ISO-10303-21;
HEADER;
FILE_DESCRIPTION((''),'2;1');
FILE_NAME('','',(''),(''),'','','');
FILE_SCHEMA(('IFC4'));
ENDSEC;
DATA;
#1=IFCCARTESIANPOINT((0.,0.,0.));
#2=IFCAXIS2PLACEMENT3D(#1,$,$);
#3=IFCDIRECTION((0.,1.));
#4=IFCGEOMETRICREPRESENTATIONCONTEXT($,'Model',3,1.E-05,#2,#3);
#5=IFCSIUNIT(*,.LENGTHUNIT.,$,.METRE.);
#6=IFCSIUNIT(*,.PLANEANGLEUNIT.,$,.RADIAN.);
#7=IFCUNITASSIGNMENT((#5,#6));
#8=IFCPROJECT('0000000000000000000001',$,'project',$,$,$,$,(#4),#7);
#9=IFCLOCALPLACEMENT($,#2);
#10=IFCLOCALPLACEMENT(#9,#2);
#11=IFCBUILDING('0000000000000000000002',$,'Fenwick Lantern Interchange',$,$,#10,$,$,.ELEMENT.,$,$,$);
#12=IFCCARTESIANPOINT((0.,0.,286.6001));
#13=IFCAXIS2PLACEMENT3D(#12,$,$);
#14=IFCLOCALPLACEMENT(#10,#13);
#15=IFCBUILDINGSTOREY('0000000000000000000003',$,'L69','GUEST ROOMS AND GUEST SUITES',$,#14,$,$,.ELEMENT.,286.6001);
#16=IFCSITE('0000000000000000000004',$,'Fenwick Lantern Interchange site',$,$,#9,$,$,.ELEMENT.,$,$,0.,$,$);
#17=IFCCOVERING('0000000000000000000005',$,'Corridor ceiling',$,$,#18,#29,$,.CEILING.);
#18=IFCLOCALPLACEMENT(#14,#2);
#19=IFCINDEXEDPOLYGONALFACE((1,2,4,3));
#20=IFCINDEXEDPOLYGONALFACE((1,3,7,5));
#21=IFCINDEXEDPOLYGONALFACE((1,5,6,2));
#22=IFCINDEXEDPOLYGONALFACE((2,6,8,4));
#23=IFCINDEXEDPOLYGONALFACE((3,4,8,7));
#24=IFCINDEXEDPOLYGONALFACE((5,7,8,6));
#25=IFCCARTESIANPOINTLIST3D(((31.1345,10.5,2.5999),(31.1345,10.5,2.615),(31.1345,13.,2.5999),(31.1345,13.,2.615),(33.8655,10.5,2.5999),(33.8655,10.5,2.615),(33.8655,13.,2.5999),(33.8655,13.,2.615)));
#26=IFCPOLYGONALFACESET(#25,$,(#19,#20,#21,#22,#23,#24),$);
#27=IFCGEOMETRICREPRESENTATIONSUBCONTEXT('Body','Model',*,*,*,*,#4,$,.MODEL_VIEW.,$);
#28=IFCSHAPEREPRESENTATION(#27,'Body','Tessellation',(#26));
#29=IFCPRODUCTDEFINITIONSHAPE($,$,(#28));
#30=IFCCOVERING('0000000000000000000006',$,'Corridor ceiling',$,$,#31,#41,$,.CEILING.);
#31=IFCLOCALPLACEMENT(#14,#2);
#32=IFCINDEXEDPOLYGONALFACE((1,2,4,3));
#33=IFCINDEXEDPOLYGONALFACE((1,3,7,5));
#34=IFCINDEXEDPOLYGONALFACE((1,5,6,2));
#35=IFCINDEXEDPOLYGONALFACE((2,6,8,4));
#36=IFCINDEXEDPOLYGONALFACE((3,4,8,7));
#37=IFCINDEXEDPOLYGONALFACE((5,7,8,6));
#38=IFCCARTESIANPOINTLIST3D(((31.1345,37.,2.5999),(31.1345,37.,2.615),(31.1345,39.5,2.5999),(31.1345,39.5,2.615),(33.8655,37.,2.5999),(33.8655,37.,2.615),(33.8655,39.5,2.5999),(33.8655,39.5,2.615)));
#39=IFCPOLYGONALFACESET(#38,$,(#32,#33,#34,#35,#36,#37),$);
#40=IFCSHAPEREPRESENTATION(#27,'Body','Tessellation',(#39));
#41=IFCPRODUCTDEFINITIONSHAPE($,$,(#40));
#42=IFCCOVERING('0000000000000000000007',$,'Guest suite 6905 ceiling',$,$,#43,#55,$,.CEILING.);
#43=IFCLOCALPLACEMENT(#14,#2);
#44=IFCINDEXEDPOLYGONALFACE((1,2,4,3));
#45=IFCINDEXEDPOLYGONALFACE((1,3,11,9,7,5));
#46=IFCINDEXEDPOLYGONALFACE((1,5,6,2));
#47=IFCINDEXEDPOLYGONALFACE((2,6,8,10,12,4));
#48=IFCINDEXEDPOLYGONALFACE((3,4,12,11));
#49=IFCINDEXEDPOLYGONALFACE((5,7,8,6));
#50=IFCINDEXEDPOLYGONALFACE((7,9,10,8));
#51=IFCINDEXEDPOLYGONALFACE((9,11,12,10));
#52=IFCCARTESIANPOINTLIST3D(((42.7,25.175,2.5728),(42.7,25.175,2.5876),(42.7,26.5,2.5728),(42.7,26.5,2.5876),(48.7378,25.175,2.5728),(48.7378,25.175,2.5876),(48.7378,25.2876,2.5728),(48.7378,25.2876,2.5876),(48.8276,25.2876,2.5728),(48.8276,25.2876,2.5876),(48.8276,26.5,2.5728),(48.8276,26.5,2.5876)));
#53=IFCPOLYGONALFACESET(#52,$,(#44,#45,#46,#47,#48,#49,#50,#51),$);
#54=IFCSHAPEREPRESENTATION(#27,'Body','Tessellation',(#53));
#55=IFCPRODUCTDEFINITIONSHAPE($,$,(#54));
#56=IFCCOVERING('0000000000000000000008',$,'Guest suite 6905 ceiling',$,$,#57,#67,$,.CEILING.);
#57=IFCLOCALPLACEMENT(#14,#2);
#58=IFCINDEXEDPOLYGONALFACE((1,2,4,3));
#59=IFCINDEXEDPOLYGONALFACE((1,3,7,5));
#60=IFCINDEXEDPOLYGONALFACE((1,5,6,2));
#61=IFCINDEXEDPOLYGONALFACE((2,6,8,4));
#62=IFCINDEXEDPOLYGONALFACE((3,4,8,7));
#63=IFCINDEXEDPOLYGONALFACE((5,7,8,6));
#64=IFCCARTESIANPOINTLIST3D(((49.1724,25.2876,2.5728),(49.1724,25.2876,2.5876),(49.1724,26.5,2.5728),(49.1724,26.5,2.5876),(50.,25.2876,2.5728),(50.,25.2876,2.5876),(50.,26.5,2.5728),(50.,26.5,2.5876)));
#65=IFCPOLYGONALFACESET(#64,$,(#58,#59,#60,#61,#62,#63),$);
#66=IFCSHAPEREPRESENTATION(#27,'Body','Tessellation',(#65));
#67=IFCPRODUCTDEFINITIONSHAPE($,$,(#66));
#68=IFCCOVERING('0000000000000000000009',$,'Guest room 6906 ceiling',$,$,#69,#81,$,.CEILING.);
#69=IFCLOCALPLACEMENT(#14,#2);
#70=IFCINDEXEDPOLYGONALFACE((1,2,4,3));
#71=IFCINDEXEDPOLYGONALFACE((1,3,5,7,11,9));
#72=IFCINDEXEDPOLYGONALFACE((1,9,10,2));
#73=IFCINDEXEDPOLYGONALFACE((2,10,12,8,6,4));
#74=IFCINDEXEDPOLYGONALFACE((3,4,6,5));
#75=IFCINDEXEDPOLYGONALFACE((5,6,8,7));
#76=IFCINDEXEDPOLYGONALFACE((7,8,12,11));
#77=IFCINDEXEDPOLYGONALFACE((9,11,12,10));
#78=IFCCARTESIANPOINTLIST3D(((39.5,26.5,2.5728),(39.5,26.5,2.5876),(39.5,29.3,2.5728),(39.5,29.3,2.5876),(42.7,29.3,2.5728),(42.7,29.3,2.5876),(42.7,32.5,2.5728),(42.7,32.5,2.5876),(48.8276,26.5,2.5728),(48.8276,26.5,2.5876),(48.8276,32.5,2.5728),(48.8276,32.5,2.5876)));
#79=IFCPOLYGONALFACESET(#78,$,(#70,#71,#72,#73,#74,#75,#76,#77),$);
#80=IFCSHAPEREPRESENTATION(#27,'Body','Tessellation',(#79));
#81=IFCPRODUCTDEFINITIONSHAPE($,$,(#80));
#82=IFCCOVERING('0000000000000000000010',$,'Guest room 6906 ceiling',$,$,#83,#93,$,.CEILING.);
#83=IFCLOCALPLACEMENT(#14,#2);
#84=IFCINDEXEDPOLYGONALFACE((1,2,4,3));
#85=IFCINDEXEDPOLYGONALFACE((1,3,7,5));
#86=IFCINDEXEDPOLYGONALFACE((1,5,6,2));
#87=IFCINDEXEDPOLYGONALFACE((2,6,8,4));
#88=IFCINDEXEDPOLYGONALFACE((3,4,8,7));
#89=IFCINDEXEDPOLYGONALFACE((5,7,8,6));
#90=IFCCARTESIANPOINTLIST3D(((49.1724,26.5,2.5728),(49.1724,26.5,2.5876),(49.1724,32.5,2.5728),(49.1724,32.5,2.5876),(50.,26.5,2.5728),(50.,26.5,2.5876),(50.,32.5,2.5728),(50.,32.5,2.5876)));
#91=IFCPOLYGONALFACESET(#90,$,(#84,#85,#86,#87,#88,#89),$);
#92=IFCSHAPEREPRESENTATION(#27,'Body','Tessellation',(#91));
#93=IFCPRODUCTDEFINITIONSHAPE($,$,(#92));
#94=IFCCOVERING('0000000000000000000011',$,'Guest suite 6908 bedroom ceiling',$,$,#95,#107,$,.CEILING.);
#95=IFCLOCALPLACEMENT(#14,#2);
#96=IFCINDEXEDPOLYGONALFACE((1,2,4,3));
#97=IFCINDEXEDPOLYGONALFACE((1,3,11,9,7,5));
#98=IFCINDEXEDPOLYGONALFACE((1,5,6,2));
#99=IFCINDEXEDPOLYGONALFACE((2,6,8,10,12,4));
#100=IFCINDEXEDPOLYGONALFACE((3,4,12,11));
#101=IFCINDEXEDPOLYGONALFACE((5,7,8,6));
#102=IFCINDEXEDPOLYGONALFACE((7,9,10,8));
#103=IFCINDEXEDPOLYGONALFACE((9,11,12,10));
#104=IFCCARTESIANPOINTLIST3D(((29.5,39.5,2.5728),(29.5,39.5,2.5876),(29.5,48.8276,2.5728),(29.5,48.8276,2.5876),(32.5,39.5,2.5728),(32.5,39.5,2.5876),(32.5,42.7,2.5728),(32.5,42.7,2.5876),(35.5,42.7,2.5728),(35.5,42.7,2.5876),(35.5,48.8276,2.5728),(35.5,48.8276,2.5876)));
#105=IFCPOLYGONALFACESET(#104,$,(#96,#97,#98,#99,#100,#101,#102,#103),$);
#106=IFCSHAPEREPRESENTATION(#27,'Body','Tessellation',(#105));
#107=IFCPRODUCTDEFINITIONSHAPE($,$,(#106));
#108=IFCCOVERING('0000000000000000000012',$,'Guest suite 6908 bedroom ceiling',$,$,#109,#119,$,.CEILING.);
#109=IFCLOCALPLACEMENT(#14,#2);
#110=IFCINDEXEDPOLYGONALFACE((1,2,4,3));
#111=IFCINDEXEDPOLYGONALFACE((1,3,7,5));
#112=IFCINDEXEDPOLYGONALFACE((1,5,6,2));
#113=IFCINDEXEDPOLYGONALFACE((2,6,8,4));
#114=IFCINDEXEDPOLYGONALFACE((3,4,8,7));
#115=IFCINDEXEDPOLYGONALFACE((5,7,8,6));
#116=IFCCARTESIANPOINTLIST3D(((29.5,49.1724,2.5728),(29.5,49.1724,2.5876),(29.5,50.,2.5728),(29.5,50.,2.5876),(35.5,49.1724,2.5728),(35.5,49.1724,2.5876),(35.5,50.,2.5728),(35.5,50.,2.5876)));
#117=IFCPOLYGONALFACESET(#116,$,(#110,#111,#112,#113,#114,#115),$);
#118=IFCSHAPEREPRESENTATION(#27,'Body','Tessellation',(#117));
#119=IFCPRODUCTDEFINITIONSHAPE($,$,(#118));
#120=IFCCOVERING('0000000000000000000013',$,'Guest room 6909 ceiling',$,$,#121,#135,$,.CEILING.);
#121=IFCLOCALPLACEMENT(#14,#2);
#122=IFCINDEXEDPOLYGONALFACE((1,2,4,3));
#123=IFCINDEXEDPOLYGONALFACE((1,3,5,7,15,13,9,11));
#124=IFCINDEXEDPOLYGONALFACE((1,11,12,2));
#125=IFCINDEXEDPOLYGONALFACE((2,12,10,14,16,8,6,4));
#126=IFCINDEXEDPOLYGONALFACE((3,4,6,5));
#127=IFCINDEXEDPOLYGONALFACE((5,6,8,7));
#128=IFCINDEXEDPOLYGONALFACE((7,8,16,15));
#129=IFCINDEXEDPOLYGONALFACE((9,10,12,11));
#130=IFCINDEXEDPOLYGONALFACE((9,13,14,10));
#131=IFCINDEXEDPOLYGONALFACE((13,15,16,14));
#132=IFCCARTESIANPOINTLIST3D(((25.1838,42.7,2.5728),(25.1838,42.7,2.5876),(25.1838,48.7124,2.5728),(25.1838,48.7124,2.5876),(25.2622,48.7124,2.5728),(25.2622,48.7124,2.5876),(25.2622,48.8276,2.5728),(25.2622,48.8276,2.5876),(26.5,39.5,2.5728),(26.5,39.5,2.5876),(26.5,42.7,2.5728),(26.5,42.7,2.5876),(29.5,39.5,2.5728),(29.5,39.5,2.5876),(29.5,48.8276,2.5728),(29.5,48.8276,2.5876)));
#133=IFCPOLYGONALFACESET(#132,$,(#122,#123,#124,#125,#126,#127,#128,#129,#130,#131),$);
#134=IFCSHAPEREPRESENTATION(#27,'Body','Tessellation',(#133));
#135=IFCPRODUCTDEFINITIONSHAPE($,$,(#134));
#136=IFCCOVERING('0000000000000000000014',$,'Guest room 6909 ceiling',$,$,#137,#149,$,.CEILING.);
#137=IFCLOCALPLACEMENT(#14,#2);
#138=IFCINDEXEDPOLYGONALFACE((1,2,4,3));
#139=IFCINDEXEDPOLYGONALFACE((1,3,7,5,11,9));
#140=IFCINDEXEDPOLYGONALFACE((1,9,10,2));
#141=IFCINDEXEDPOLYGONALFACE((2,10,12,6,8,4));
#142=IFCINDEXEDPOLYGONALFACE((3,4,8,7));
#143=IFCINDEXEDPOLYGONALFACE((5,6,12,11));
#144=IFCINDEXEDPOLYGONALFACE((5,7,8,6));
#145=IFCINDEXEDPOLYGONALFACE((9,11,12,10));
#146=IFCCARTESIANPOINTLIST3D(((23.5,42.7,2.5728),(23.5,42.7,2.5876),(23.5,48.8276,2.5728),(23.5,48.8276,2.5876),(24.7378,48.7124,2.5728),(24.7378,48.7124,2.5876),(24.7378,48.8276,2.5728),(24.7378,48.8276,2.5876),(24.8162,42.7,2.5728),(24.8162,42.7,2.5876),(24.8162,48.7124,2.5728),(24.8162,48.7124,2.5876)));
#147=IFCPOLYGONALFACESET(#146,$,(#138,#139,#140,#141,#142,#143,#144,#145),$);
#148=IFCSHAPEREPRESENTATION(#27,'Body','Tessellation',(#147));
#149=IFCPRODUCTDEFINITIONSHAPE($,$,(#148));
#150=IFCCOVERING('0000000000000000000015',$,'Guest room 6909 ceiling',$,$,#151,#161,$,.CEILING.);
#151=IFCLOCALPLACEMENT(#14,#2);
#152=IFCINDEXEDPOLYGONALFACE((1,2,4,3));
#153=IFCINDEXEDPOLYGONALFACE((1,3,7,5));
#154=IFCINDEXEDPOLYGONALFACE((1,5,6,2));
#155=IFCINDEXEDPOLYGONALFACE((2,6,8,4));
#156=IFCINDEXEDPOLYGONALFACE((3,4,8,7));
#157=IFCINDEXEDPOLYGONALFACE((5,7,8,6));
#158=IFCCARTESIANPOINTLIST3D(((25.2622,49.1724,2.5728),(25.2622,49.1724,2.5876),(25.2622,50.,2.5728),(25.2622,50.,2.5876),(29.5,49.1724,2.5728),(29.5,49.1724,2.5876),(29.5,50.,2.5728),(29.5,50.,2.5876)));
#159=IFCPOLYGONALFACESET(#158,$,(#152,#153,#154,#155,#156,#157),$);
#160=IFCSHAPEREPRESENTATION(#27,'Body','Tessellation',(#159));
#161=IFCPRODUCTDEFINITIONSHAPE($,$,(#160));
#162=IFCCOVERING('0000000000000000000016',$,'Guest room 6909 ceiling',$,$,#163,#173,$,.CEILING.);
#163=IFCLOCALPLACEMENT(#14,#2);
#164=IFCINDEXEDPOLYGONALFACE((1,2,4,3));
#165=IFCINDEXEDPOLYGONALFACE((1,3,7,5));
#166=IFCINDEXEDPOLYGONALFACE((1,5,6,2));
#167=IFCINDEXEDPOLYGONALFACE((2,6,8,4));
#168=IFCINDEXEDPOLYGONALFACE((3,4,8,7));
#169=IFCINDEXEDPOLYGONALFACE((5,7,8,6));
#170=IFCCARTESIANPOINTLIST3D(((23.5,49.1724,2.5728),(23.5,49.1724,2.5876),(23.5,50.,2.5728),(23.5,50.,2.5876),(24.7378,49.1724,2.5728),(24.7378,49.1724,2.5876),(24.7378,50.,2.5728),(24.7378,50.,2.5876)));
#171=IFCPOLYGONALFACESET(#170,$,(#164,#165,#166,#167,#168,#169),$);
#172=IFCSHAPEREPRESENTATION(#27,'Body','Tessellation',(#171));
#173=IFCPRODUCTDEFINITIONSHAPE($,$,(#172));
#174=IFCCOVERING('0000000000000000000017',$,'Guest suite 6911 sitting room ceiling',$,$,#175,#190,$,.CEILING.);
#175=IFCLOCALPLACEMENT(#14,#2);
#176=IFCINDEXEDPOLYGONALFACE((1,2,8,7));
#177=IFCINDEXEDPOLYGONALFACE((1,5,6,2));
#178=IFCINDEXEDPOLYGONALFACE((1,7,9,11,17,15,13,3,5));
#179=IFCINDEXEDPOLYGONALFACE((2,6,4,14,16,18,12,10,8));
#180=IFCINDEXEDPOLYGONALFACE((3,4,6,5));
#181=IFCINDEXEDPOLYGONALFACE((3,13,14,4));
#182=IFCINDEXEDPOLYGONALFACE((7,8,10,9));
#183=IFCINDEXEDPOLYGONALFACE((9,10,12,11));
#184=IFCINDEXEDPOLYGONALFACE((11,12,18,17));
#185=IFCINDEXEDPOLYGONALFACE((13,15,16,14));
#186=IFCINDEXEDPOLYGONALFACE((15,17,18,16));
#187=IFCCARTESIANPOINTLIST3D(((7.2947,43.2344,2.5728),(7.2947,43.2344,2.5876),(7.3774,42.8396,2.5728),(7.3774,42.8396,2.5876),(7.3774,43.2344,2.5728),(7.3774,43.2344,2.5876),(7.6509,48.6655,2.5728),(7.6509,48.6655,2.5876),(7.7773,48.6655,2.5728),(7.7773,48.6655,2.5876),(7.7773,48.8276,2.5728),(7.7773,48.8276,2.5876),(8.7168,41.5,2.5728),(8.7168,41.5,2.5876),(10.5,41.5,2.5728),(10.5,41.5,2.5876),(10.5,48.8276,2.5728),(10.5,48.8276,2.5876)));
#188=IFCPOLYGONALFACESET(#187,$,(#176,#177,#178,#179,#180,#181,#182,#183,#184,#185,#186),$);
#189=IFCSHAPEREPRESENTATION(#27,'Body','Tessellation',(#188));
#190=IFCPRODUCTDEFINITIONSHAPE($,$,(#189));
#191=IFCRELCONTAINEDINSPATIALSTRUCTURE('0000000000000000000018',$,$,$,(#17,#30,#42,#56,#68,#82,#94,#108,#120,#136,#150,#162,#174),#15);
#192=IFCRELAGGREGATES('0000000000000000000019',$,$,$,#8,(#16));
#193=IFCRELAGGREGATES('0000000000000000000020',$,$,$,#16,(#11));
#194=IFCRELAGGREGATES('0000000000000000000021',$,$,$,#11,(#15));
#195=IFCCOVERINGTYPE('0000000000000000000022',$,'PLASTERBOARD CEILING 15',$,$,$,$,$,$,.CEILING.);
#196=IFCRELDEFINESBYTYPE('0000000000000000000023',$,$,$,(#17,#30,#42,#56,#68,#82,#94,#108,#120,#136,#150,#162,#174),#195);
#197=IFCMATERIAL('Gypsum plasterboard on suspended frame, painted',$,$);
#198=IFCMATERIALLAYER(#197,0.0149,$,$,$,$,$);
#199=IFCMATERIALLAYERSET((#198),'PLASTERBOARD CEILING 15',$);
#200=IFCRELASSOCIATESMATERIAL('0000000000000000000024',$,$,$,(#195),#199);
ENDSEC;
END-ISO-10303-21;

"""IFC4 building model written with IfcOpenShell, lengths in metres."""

from ifc_helpers import new_model, si_unit, direction, frame, origin, place, context, subcontext, project, spatial, polyline, outline, extrude, material, layer, layer_set, type_object, element, save


model = new_model("IFC4")

# Units and contexts
model_context = context("Model", 3, precision=1e-05, world=origin(), true_north=direction((0.0, 1.0)))
body_context = subcontext(model_context, "Body", "Model", "MODEL_VIEW")
ifc_project = project(units=[si_unit("LENGTHUNIT", "METRE"), si_unit("PLANEANGLEUNIT", "RADIAN")], contexts=[model_context])

# Site, building, storey
site_placement = place(None, origin())
site = spatial("IfcSite", under=ifc_project, at=site_placement, Name="Fenwick Lantern Interchange site", CompositionType="ELEMENT", RefElevation=0.0)
building_placement = place(site_placement, origin())
building = spatial("IfcBuilding", under=site, at=building_placement, Name="Fenwick Lantern Interchange", CompositionType="ELEMENT")
storey_placement = place(building_placement, frame((0.0, 0.0, 286.6001)))
storey = spatial("IfcBuildingStorey", under=building, at=storey_placement, Name="L69", Description="GUEST ROOMS AND GUEST SUITES", CompositionType="ELEMENT", Elevation=286.6001)

# Coverings
ifc_material_1 = material(Name="Gypsum plasterboard on suspended frame, painted")
ifc_layer_1 = layer(ifc_material_1, 0.0149)
ifc_layer_set_1 = layer_set([ifc_layer_1], Name="PLASTERBOARD CEILING 15")
covering_type_1 = type_object("IfcCoveringType", Name="PLASTERBOARD CEILING 15", PredefinedType="CEILING", material=ifc_layer_set_1)
covering_1_placement = place(storey_placement, frame((0.0, 0.0, 2.5999)))
element("IfcCovering", 1, at=covering_1_placement, inside=storey, type_object=covering_type_1, Name="Corridor ceiling", PredefinedType="CEILING", context=body_context, shape_type="SweptSolid", body=[
    extrude(outline(polyline([(31.1345, 10.5), (33.8655, 10.5), (33.8655, 13.0), (31.1345, 13.0), (31.1345, 10.5)])), origin(), (0.0, 0.0, 1.0), 0.0151),
])
covering_2_placement = place(storey_placement, frame((0.0, 0.0, 2.5999)))
element("IfcCovering", 2, at=covering_2_placement, inside=storey, type_object=covering_type_1, Name="Corridor ceiling", PredefinedType="CEILING", context=body_context, shape_type="SweptSolid", body=[
    extrude(outline(polyline([(33.8655, 39.5), (31.1345, 39.5), (31.1345, 37.0), (33.8655, 37.0), (33.8655, 39.5)])), origin(), (0.0, 0.0, 1.0), 0.0151),
])
covering_3_placement = place(storey_placement, frame((0.0, 0.0, 2.5728)))
element("IfcCovering", 3, at=covering_3_placement, inside=storey, type_object=covering_type_1, Name="Guest suite 6905 ceiling", PredefinedType="CEILING", context=body_context, shape_type="SweptSolid", body=[
    extrude(outline(polyline([(48.7378, 25.2876), (48.8276, 25.2876), (48.8276, 26.5), (42.7, 26.5), (42.7, 25.175), (48.7378, 25.175), (48.7378, 25.2876)])), origin(), (0.0, 0.0, 1.0), 0.0149),
])
covering_4_placement = place(storey_placement, frame((0.0, 0.0, 2.5728)))
element("IfcCovering", 4, at=covering_4_placement, inside=storey, type_object=covering_type_1, Name="Guest suite 6905 ceiling", PredefinedType="CEILING", context=body_context, shape_type="SweptSolid", body=[
    extrude(outline(polyline([(49.1724, 25.2876), (50.0, 25.2876), (50.0, 26.5), (49.1724, 26.5), (49.1724, 25.2876)])), origin(), (0.0, 0.0, 1.0), 0.0149),
])
covering_5_placement = place(storey_placement, frame((0.0, 0.0, 2.5728)))
element("IfcCovering", 5, at=covering_5_placement, inside=storey, type_object=covering_type_1, Name="Guest room 6906 ceiling", PredefinedType="CEILING", context=body_context, shape_type="SweptSolid", body=[
    extrude(outline(polyline([(39.5, 26.5), (48.8276, 26.5), (48.8276, 32.5), (42.7, 32.5), (42.7, 29.3), (39.5, 29.3), (39.5, 26.5)])), origin(), (0.0, 0.0, 1.0), 0.0149),
])
covering_6_placement = place(storey_placement, frame((0.0, 0.0, 2.5728)))
element("IfcCovering", 6, at=covering_6_placement, inside=storey, type_object=covering_type_1, Name="Guest room 6906 ceiling", PredefinedType="CEILING", context=body_context, shape_type="SweptSolid", body=[
    extrude(outline(polyline([(50.0, 26.5), (50.0, 32.5), (49.1724, 32.5), (49.1724, 26.5), (50.0, 26.5)])), origin(), (0.0, 0.0, 1.0), 0.0149),
])
covering_7_placement = place(storey_placement, frame((0.0, 0.0, 2.5728)))
element("IfcCovering", 7, at=covering_7_placement, inside=storey, type_object=covering_type_1, Name="Guest suite 6908 bedroom ceiling", PredefinedType="CEILING", context=body_context, shape_type="SweptSolid", body=[
    extrude(outline(polyline([(29.5, 48.8276), (29.5, 39.5), (32.5, 39.5), (32.5, 42.7), (35.5, 42.7), (35.5, 48.8276), (29.5, 48.8276)])), origin(), (0.0, 0.0, 1.0), 0.0149),
])
covering_8_placement = place(storey_placement, frame((0.0, 0.0, 2.5728)))
element("IfcCovering", 8, at=covering_8_placement, inside=storey, type_object=covering_type_1, Name="Guest suite 6908 bedroom ceiling", PredefinedType="CEILING", context=body_context, shape_type="SweptSolid", body=[
    extrude(outline(polyline([(29.5, 50.0), (29.5, 49.1724), (35.5, 49.1724), (35.5, 50.0), (29.5, 50.0)])), origin(), (0.0, 0.0, 1.0), 0.0149),
])
covering_9_placement = place(storey_placement, frame((0.0, 0.0, 2.5728)))
element("IfcCovering", 9, at=covering_9_placement, inside=storey, type_object=covering_type_1, Name="Guest room 6909 ceiling", PredefinedType="CEILING", context=body_context, shape_type="SweptSolid", body=[
    extrude(outline(polyline([(25.2622, 48.7124), (25.1838, 48.7124), (25.1838, 42.7), (26.5, 42.7), (26.5, 39.5), (29.5, 39.5), (29.5, 48.8276), (25.2622, 48.8276), (25.2622, 48.7124)])), origin(), (0.0, 0.0, 1.0), 0.0149),
])
covering_10_placement = place(storey_placement, frame((0.0, 0.0, 2.5728)))
element("IfcCovering", 10, at=covering_10_placement, inside=storey, type_object=covering_type_1, Name="Guest room 6909 ceiling", PredefinedType="CEILING", context=body_context, shape_type="SweptSolid", body=[
    extrude(outline(polyline([(24.7378, 48.7124), (24.7378, 48.8276), (23.5, 48.8276), (23.5, 42.7), (24.8162, 42.7), (24.8162, 48.7124), (24.7378, 48.7124)])), origin(), (0.0, 0.0, 1.0), 0.0149),
])
covering_11_placement = place(storey_placement, frame((0.0, 0.0, 2.5728)))
element("IfcCovering", 11, at=covering_11_placement, inside=storey, type_object=covering_type_1, Name="Guest room 6909 ceiling", PredefinedType="CEILING", context=body_context, shape_type="SweptSolid", body=[
    extrude(outline(polyline([(25.2622, 50.0), (25.2622, 49.1724), (29.5, 49.1724), (29.5, 50.0), (25.2622, 50.0)])), origin(), (0.0, 0.0, 1.0), 0.0149),
])
covering_12_placement = place(storey_placement, frame((0.0, 0.0, 2.5728)))
element("IfcCovering", 12, at=covering_12_placement, inside=storey, type_object=covering_type_1, Name="Guest room 6909 ceiling", PredefinedType="CEILING", context=body_context, shape_type="SweptSolid", body=[
    extrude(outline(polyline([(24.7378, 49.1724), (24.7378, 50.0), (23.5, 50.0), (23.5, 49.1724), (24.7378, 49.1724)])), origin(), (0.0, 0.0, 1.0), 0.0149),
])
covering_13_placement = place(storey_placement, frame((0.0, 0.0, 2.5728)))
element("IfcCovering", 13, at=covering_13_placement, inside=storey, type_object=covering_type_1, Name="Guest suite 6911 sitting room ceiling", PredefinedType="CEILING", context=body_context, shape_type="SweptSolid", body=[
    extrude(outline(polyline([(7.7773, 48.6655), (7.6509, 48.6655), (7.2947, 43.2344), (7.3774, 43.2344), (7.3774, 42.8396), (8.7168, 41.5), (10.5, 41.5), (10.5, 48.8276), (7.7773, 48.8276), (7.7773, 48.6655)])), origin(), (0.0, 0.0, 1.0), 0.0149),
])

save(model, "model.ifc")
